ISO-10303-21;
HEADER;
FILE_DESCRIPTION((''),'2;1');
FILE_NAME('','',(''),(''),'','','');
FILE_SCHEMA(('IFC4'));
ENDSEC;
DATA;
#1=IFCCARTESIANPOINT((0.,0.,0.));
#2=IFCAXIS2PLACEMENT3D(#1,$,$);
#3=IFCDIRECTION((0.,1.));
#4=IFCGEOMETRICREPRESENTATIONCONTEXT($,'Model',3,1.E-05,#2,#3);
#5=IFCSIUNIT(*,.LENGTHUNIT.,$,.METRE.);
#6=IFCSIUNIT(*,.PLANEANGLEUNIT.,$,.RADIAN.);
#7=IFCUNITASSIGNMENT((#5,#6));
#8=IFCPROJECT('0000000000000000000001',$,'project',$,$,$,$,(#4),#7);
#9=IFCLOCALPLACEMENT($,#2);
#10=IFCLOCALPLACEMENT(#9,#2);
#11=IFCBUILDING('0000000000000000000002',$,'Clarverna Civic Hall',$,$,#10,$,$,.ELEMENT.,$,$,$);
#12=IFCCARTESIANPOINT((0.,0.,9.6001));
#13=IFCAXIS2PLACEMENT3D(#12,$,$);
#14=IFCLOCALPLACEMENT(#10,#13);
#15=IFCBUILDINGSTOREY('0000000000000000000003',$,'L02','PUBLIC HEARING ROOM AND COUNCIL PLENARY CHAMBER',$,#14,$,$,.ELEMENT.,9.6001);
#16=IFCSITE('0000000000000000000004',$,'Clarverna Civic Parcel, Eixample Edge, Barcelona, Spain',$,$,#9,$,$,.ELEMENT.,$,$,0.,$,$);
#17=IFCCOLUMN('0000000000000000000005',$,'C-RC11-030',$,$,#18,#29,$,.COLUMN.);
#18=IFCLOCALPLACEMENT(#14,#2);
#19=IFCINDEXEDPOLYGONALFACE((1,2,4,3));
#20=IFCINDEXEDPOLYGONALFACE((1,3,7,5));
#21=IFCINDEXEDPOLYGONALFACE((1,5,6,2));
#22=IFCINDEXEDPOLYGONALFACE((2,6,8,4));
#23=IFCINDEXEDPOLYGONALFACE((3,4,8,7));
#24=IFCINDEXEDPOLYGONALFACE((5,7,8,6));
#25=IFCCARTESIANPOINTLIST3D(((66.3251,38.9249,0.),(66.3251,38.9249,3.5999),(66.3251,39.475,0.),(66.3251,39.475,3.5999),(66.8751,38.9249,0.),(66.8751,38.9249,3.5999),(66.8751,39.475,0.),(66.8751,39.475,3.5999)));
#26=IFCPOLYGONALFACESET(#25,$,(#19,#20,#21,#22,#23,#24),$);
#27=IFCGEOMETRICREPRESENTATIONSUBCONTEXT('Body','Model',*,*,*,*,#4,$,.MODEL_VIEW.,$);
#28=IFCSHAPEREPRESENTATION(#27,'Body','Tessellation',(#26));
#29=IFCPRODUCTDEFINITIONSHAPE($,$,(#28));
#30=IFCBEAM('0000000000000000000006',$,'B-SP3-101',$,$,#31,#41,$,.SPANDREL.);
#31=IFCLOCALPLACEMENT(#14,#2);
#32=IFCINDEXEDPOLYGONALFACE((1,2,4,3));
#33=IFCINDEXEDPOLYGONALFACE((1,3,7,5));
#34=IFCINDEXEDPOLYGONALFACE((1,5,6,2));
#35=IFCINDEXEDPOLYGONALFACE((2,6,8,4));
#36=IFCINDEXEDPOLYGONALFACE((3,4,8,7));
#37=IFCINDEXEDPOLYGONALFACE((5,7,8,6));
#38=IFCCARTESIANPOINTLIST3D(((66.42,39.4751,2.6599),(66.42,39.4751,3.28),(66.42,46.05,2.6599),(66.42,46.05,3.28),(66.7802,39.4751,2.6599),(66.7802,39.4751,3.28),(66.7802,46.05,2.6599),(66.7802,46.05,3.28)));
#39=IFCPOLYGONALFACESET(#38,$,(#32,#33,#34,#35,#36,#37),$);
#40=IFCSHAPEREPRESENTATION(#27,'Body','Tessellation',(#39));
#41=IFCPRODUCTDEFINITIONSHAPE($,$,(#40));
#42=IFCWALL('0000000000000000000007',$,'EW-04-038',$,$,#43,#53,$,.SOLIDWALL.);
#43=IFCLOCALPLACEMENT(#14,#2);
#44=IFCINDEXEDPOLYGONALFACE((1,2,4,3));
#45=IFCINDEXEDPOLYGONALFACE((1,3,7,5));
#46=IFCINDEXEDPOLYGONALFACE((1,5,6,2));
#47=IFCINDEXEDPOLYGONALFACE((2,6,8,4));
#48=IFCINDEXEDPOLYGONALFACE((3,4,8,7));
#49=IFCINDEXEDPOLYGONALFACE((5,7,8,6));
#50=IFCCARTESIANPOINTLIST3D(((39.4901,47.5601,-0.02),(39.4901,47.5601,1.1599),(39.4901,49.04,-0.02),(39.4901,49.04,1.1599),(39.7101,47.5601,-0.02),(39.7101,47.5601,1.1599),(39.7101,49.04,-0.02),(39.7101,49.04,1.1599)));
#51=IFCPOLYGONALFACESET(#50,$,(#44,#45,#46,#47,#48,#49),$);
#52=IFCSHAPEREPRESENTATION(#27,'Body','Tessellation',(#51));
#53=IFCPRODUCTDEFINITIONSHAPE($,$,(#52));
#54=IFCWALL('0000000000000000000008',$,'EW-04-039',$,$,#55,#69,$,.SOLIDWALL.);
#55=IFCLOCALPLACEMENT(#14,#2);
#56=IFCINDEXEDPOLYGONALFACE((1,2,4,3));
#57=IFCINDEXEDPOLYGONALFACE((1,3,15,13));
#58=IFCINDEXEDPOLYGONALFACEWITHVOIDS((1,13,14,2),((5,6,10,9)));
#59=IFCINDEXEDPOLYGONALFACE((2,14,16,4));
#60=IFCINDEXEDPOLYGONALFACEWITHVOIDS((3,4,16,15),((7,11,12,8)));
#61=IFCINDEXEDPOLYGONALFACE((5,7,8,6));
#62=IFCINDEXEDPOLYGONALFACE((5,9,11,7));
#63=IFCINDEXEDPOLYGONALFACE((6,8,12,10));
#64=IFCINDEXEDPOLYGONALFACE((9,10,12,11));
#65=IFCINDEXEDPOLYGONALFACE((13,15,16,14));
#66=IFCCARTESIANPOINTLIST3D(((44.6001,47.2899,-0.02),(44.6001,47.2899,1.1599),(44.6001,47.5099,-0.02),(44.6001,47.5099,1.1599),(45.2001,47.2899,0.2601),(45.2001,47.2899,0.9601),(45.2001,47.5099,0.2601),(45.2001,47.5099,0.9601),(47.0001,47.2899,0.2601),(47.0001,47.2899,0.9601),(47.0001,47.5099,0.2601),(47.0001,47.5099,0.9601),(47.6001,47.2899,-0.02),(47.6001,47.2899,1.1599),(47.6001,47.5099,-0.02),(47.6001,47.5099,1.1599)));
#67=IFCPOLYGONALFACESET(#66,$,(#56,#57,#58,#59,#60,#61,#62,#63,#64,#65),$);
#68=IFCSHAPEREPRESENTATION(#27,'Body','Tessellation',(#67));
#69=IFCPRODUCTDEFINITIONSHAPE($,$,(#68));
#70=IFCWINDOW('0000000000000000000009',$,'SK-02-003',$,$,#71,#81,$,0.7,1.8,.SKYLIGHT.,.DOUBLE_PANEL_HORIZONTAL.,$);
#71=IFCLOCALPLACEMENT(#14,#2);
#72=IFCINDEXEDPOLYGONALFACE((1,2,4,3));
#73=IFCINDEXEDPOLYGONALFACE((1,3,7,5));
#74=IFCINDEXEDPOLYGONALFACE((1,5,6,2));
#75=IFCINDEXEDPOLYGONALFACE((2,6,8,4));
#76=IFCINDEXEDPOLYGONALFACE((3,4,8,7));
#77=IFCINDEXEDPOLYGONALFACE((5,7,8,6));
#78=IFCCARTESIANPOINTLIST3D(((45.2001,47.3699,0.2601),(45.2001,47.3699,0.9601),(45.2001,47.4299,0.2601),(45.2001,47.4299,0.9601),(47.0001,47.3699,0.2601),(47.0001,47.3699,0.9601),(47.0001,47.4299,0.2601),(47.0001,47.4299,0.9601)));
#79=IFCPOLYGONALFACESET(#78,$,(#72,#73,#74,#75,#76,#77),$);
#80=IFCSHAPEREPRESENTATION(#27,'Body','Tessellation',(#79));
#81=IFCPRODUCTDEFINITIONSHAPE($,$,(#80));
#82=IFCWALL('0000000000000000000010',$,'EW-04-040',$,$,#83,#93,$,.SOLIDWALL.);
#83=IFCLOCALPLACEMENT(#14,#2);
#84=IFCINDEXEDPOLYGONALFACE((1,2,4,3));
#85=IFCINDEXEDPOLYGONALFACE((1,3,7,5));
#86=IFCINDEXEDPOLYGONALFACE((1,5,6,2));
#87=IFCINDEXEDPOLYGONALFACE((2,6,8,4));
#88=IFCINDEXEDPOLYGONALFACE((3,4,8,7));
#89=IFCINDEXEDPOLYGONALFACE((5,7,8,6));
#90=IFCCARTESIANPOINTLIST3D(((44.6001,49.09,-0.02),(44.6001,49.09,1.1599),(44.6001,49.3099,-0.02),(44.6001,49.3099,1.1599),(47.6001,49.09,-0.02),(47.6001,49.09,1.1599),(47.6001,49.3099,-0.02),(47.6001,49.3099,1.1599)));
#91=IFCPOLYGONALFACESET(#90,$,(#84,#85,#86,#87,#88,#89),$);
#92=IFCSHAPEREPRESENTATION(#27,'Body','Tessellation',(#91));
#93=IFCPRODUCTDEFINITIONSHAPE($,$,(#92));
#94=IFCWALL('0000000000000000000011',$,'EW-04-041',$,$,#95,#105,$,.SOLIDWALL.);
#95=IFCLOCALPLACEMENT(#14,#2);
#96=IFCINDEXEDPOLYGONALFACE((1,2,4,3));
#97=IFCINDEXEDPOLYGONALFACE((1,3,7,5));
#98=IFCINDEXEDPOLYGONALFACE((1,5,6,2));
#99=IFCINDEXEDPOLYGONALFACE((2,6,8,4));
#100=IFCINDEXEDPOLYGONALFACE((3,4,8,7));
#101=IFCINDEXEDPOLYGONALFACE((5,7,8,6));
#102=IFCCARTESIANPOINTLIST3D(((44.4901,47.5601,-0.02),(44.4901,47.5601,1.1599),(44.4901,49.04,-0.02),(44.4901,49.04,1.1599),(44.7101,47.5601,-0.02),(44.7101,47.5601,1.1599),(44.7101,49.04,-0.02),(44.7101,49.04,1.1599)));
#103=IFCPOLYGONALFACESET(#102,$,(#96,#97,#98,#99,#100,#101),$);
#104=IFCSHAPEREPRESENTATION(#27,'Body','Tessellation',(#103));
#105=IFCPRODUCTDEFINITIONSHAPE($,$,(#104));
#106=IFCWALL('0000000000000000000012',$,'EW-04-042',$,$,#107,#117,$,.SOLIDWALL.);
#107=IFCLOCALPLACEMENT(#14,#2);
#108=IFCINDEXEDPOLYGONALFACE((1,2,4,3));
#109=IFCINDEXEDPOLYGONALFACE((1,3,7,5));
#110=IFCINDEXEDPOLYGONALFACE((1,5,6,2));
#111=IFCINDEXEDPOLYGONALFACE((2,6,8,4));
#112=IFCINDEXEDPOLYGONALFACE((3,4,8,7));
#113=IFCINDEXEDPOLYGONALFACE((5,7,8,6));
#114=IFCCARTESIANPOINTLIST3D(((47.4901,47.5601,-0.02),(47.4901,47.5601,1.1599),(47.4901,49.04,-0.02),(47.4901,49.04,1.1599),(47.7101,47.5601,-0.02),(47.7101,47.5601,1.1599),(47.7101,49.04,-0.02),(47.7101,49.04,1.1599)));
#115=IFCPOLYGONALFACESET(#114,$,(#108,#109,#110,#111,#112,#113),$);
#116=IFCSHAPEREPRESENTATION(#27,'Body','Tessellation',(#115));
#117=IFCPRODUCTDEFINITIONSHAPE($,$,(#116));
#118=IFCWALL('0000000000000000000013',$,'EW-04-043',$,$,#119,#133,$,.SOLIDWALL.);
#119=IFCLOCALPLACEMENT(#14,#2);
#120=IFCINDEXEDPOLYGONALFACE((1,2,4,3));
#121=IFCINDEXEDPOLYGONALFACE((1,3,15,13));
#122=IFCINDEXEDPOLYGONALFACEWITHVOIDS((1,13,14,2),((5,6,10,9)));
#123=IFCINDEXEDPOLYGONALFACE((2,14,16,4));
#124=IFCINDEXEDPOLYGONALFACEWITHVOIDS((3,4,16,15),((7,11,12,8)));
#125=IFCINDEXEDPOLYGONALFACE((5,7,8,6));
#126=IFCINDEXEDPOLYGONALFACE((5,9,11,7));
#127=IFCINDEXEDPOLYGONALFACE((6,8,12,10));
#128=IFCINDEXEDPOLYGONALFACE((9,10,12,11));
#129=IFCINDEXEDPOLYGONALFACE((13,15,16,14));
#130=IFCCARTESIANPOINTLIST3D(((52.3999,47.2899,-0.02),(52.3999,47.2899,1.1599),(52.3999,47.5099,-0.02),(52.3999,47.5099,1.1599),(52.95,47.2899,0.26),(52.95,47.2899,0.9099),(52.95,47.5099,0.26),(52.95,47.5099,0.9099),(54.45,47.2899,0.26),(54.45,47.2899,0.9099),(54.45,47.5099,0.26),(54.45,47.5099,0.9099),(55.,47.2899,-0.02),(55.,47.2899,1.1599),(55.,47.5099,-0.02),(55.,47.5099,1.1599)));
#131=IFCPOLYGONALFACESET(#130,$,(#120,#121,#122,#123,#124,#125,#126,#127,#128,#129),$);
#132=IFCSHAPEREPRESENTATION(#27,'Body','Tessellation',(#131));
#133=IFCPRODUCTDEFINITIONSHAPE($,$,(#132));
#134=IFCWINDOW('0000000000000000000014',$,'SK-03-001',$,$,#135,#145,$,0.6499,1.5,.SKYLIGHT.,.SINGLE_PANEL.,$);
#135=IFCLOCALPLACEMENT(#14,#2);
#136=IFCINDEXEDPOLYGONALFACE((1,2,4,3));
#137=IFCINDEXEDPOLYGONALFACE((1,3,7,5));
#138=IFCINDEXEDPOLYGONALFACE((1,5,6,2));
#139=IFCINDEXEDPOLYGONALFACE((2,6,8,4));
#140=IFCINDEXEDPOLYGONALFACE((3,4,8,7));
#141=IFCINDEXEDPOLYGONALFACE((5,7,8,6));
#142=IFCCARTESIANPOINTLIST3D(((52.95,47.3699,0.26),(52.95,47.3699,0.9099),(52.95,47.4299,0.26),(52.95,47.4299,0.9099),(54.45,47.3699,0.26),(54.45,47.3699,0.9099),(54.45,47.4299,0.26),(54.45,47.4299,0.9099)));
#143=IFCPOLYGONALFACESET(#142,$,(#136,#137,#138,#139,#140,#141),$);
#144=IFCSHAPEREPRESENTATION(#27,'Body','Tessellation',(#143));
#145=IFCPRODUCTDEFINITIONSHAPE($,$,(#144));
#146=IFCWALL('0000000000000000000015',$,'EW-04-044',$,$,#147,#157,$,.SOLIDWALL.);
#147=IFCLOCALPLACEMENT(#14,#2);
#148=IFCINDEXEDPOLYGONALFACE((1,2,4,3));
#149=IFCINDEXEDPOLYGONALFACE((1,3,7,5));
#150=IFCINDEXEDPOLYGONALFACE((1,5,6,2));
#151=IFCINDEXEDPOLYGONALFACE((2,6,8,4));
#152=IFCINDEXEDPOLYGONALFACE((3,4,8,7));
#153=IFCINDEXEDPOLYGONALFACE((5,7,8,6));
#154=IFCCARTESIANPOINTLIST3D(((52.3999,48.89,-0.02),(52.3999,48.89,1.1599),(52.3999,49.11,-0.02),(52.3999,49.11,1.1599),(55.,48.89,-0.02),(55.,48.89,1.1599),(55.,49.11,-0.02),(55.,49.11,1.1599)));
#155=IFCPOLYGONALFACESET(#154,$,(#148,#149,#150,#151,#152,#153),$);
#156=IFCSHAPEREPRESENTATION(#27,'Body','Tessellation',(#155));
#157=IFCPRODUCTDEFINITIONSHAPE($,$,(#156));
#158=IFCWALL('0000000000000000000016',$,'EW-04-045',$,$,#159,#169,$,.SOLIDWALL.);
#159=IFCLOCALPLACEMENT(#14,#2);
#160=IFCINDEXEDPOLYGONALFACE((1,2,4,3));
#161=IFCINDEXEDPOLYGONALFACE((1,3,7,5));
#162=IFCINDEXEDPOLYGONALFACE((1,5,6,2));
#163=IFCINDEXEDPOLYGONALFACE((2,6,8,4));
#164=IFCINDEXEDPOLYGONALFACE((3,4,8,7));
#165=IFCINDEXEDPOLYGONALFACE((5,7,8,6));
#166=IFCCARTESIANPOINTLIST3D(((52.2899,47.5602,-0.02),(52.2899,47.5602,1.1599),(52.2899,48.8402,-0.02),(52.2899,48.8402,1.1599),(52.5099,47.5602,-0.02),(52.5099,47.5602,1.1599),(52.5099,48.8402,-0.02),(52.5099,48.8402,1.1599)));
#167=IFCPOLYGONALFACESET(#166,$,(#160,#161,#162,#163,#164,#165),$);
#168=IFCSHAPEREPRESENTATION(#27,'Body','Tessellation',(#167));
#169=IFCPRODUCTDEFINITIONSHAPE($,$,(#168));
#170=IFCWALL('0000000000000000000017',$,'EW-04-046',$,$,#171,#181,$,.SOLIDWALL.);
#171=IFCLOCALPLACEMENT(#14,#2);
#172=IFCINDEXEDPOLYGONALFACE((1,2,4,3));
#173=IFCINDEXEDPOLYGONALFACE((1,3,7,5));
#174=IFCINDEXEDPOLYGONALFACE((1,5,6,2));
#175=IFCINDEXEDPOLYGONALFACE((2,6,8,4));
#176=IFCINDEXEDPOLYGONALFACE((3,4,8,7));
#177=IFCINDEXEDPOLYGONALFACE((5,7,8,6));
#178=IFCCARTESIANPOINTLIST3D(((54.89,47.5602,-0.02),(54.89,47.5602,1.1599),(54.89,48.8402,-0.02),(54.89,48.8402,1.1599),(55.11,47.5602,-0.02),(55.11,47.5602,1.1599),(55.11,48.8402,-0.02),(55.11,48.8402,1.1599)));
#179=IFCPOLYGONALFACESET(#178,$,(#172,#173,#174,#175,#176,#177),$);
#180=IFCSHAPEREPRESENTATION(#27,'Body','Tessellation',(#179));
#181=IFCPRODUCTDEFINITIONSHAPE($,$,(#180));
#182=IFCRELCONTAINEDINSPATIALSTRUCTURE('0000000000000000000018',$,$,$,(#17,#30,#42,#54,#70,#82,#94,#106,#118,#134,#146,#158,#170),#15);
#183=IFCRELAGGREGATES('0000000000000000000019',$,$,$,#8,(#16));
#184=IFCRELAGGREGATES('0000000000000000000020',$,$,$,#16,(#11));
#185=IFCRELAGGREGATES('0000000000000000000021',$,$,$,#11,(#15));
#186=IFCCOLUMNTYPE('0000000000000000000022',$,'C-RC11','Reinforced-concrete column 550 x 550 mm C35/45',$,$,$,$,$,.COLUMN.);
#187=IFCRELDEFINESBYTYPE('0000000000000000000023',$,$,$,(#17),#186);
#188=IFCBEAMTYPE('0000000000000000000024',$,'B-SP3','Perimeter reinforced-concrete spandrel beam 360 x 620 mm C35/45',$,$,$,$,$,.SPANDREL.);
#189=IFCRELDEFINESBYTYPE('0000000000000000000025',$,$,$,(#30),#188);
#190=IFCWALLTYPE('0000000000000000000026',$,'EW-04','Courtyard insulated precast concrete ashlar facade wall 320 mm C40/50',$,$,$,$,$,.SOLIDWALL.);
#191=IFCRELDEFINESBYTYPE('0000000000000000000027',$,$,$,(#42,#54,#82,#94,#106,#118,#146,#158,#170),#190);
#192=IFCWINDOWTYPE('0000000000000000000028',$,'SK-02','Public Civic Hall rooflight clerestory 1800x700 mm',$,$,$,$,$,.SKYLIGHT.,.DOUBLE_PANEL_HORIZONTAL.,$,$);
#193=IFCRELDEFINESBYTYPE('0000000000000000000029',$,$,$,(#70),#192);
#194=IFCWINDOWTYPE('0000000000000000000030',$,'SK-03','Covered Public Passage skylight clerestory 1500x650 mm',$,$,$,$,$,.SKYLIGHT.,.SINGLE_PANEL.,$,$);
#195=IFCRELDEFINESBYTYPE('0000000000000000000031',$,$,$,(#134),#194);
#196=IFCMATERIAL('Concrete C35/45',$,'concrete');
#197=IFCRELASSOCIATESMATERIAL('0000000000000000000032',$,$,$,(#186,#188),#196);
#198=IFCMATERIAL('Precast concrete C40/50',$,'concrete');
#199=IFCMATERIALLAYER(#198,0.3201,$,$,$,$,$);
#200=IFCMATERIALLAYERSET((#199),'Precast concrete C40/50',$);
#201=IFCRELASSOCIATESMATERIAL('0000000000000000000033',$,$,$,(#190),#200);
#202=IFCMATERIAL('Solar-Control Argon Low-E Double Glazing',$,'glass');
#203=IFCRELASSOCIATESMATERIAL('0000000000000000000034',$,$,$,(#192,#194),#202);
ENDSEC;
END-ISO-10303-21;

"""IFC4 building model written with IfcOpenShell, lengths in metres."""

from ifc_helpers import new_model, si_unit, direction, frame, frame_2d, origin, origin_2d, place, context, subcontext, project, spatial, rectangle, extrude, material, layer, layer_set, material_profile, profile_set, type_object, element, fill, save


model = new_model("IFC4")

# Units and contexts
model_context = context("Model", 3, precision=1e-05, world=origin(), true_north=direction((0.0, 1.0)))
body_context = subcontext(model_context, "Body", "Model", "MODEL_VIEW")
ifc_project = project(units=[si_unit("LENGTHUNIT", "METRE"), si_unit("PLANEANGLEUNIT", "RADIAN")], contexts=[model_context])

# Site, building, storey
site_placement = place(None, origin())
site = spatial("IfcSite", under=ifc_project, at=site_placement, Name="Clarverna Civic Parcel, Eixample Edge, Barcelona, Spain", CompositionType="ELEMENT", RefElevation=0.0)
building_placement = place(site_placement, origin())
building = spatial("IfcBuilding", under=site, at=building_placement, Name="Clarverna Civic Hall", CompositionType="ELEMENT")
storey_placement = place(building_placement, frame((0.0, 0.0, 9.6001)))
storey = spatial("IfcBuildingStorey", under=building, at=storey_placement, Name="L02", Description="PUBLIC HEARING ROOM AND COUNCIL PLENARY CHAMBER", CompositionType="ELEMENT", Elevation=9.6001)

# Column
ifc_material_1 = material(Name="Concrete C35/45", Category="concrete")
ifc_material_profile_1 = material_profile(ifc_material_1, rectangle(XDim=0.55, YDim=0.55, at=origin_2d()), Name="RC 550x550")
ifc_profile_set_1 = profile_set([ifc_material_profile_1], Name="Concrete C35/45")
column_type = type_object("IfcColumnType", Name="C-RC11", Description="Reinforced-concrete column 550 x 550 mm C35/45", PredefinedType="COLUMN", material=ifc_profile_set_1)
column_placement = place(storey_placement, frame((66.6001, 39.2, 0.0), z_axis=(0.0, 0.0, 1.0), x_axis=(1.0, 0.0, 0.0)))
element("IfcColumn", 1, at=column_placement, inside=storey, type_object=column_type, Name="C-RC11-030", PredefinedType="COLUMN", context=body_context, shape_type="SweptSolid", body=[
    extrude(rectangle(XDim=0.55, YDim=0.55, at=origin_2d()), origin(), (0.0, 0.0, 1.0), 3.5999),
])

# Beam
ifc_material_profile_2 = material_profile(ifc_material_1, rectangle(XDim=0.3601, YDim=0.6201, at=origin_2d()), Name="RC 360x620")
ifc_profile_set_2 = profile_set([ifc_material_profile_2], Name="Concrete C35/45")
beam_type = type_object("IfcBeamType", Name="B-SP3", Description="Perimeter reinforced-concrete spandrel beam 360 x 620 mm C35/45", PredefinedType="SPANDREL", material=ifc_profile_set_2)
beam_placement = place(storey_placement, frame((66.6001, 39.4751, 2.97), z_axis=(0.0, 1.0, 0.0), x_axis=(-1.0, 0.0, 0.0)))
element("IfcBeam", 2, at=beam_placement, inside=storey, type_object=beam_type, Name="B-SP3-101", PredefinedType="SPANDREL", context=body_context, shape_type="SweptSolid", body=[
    extrude(rectangle(XDim=0.3601, YDim=0.6201, at=origin_2d()), origin(), (0.0, 0.0, 1.0), 6.575),
])

# Wall
ifc_material_2 = material(Name="Precast concrete C40/50", Category="concrete")
ifc_layer_1 = layer(ifc_material_2, 0.3201)
ifc_layer_set_1 = layer_set([ifc_layer_1], Name="Precast concrete C40/50")
wall_type_1 = type_object("IfcWallType", Name="EW-04", Description="Courtyard insulated precast concrete ashlar facade wall 320 mm C40/50", PredefinedType="SOLIDWALL", material=ifc_layer_set_1)
wall_1_placement = place(storey_placement, frame((39.6001, 47.5601, -0.02), z_axis=(0.0, 0.0, 1.0), x_axis=(0.0, 1.0, 0.0)))
element("IfcWall", 3, at=wall_1_placement, inside=storey, type_object=wall_type_1, Name="EW-04-038", PredefinedType="SOLIDWALL", context=body_context, shape_type="SweptSolid", body=[
    extrude(rectangle(XDim=1.48, YDim=0.22, at=frame_2d((0.74, 0.0))), origin(), (0.0, 0.0, 1.0), 1.1799),
])

# Wall, opening, window
wall_2_placement = place(storey_placement, frame((44.6001, 47.3999, -0.02), z_axis=(0.0, 0.0, 1.0), x_axis=(1.0, 0.0, 0.0)))
wall_2 = element("IfcWall", 4, at=wall_2_placement, inside=storey, type_object=wall_type_1, Name="EW-04-039", PredefinedType="SOLIDWALL", context=body_context, shape_type="SweptSolid", body=[
    extrude(rectangle(XDim=3.0, YDim=0.22, at=frame_2d((1.5, 0.0))), origin(), (0.0, 0.0, 1.0), 1.1799),
])
opening_1_placement = place(wall_2_placement, frame((0.6001, 0.0, 0.28)))
opening_1 = element("IfcOpeningElement", 5, at=opening_1_placement, cuts=wall_2, PredefinedType="OPENING", context=body_context, shape_type="SweptSolid", body=[
    extrude(rectangle(XDim=1.8, YDim=0.7, at=frame_2d((0.8999, 0.3501))), frame((0.0, 0.1199, 0.0), z_axis=(0.0, -1.0, 0.0), x_axis=(1.0, 0.0, 0.0)), (0.0, 0.0, 1.0), 0.24),
])
ifc_material_3 = material(Name="Solar-Control Argon Low-E Double Glazing", Category="glass")
window_type_1 = type_object("IfcWindowType", Name="SK-02", Description="Public Civic Hall rooflight clerestory 1800x700 mm", PartitioningType="DOUBLE_PANEL_HORIZONTAL", PredefinedType="SKYLIGHT", material=ifc_material_3)
window_1_placement = place(opening_1_placement, origin())
window_1 = element("IfcWindow", 6, at=window_1_placement, inside=storey, type_object=window_type_1, Name="SK-02-003", OverallHeight=0.7, OverallWidth=1.8, PartitioningType="DOUBLE_PANEL_HORIZONTAL", PredefinedType="SKYLIGHT", context=body_context, shape_type="SweptSolid", body=[
    extrude(rectangle(XDim=1.8, YDim=0.7, at=frame_2d((0.8999, 0.3501))), frame((0.0, 0.03, 0.0), z_axis=(0.0, -1.0, 0.0), x_axis=(1.0, 0.0, 0.0)), (0.0, 0.0, 1.0), 0.0601),
])
fill(opening_1, window_1)

# Walls
wall_3_placement = place(storey_placement, frame((44.6001, 49.2, -0.02), z_axis=(0.0, 0.0, 1.0), x_axis=(1.0, 0.0, 0.0)))
element("IfcWall", 7, at=wall_3_placement, inside=storey, type_object=wall_type_1, Name="EW-04-040", PredefinedType="SOLIDWALL", context=body_context, shape_type="SweptSolid", body=[
    extrude(rectangle(XDim=3.0, YDim=0.22, at=frame_2d((1.5, 0.0))), origin(), (0.0, 0.0, 1.0), 1.1799),
])
for number, where, z_axis, x_axis, name in (
    (8, (44.6001, 47.5601, -0.02), (0.0, 0.0, 1.0), (0.0, 1.0, 0.0), "EW-04-041"),
    (9, (47.6001, 47.5601, -0.02), (0.0, 0.0, 1.0), (0.0, 1.0, 0.0), "EW-04-042"),
):
    element("IfcWall", number, at=place(storey_placement, frame(where, z_axis=z_axis, x_axis=x_axis)), inside=storey, type_object=wall_type_1, Name=name, PredefinedType="SOLIDWALL", context=body_context, shape_type="SweptSolid", body=[
        extrude(rectangle(XDim=1.48, YDim=0.22, at=frame_2d((0.74, 0.0))), origin(), (0.0, 0.0, 1.0), 1.1799),
    ])

# Wall, opening, window
wall_4_placement = place(storey_placement, frame((52.3999, 47.3999, -0.02), z_axis=(0.0, 0.0, 1.0), x_axis=(1.0, 0.0, 0.0)))
wall_4 = element("IfcWall", 10, at=wall_4_placement, inside=storey, type_object=wall_type_1, Name="EW-04-043", PredefinedType="SOLIDWALL", context=body_context, shape_type="SweptSolid", body=[
    extrude(rectangle(XDim=2.6001, YDim=0.22, at=frame_2d((1.3, 0.0))), origin(), (0.0, 0.0, 1.0), 1.1799),
])
opening_2_placement = place(wall_4_placement, frame((0.55, 0.0, 0.28)))
opening_2 = element("IfcOpeningElement", 11, at=opening_2_placement, cuts=wall_4, PredefinedType="OPENING", context=body_context, shape_type="SweptSolid", body=[
    extrude(rectangle(XDim=1.5, YDim=0.6499, at=frame_2d((0.75, 0.325))), frame((0.0, 0.1199, 0.0), z_axis=(0.0, -1.0, 0.0), x_axis=(1.0, 0.0, 0.0)), (0.0, 0.0, 1.0), 0.24),
])
window_type_2 = type_object("IfcWindowType", Name="SK-03", Description="Covered Public Passage skylight clerestory 1500x650 mm", PartitioningType="SINGLE_PANEL", PredefinedType="SKYLIGHT", material=ifc_material_3)
window_2_placement = place(opening_2_placement, origin())
window_2 = element("IfcWindow", 12, at=window_2_placement, inside=storey, type_object=window_type_2, Name="SK-03-001", OverallHeight=0.6499, OverallWidth=1.5, PartitioningType="SINGLE_PANEL", PredefinedType="SKYLIGHT", context=body_context, shape_type="SweptSolid", body=[
    extrude(rectangle(XDim=1.5, YDim=0.6499, at=frame_2d((0.75, 0.325))), frame((0.0, 0.03, 0.0), z_axis=(0.0, -1.0, 0.0), x_axis=(1.0, 0.0, 0.0)), (0.0, 0.0, 1.0), 0.0601),
])
fill(opening_2, window_2)

# Walls
wall_5_placement = place(storey_placement, frame((52.3999, 49.0, -0.02), z_axis=(0.0, 0.0, 1.0), x_axis=(1.0, 0.0, 0.0)))
element("IfcWall", 13, at=wall_5_placement, inside=storey, type_object=wall_type_1, Name="EW-04-044", PredefinedType="SOLIDWALL", context=body_context, shape_type="SweptSolid", body=[
    extrude(rectangle(XDim=2.6001, YDim=0.22, at=frame_2d((1.3, 0.0))), origin(), (0.0, 0.0, 1.0), 1.1799),
])
for number, where, z_axis, x_axis, name in (
    (14, (52.3999, 47.5601, -0.02), (0.0, 0.0, 1.0), (0.0, 1.0, 0.0), "EW-04-045"),
    (15, (55.0, 47.5601, -0.02), (0.0, 0.0, 1.0), (0.0, 1.0, 0.0), "EW-04-046"),
):
    element("IfcWall", number, at=place(storey_placement, frame(where, z_axis=z_axis, x_axis=x_axis)), inside=storey, type_object=wall_type_1, Name=name, PredefinedType="SOLIDWALL", context=body_context, shape_type="SweptSolid", body=[
        extrude(rectangle(XDim=1.28, YDim=0.22, at=frame_2d((0.6401, 0.0))), origin(), (0.0, 0.0, 1.0), 1.1799),
    ])

save(model, "model.ifc")
